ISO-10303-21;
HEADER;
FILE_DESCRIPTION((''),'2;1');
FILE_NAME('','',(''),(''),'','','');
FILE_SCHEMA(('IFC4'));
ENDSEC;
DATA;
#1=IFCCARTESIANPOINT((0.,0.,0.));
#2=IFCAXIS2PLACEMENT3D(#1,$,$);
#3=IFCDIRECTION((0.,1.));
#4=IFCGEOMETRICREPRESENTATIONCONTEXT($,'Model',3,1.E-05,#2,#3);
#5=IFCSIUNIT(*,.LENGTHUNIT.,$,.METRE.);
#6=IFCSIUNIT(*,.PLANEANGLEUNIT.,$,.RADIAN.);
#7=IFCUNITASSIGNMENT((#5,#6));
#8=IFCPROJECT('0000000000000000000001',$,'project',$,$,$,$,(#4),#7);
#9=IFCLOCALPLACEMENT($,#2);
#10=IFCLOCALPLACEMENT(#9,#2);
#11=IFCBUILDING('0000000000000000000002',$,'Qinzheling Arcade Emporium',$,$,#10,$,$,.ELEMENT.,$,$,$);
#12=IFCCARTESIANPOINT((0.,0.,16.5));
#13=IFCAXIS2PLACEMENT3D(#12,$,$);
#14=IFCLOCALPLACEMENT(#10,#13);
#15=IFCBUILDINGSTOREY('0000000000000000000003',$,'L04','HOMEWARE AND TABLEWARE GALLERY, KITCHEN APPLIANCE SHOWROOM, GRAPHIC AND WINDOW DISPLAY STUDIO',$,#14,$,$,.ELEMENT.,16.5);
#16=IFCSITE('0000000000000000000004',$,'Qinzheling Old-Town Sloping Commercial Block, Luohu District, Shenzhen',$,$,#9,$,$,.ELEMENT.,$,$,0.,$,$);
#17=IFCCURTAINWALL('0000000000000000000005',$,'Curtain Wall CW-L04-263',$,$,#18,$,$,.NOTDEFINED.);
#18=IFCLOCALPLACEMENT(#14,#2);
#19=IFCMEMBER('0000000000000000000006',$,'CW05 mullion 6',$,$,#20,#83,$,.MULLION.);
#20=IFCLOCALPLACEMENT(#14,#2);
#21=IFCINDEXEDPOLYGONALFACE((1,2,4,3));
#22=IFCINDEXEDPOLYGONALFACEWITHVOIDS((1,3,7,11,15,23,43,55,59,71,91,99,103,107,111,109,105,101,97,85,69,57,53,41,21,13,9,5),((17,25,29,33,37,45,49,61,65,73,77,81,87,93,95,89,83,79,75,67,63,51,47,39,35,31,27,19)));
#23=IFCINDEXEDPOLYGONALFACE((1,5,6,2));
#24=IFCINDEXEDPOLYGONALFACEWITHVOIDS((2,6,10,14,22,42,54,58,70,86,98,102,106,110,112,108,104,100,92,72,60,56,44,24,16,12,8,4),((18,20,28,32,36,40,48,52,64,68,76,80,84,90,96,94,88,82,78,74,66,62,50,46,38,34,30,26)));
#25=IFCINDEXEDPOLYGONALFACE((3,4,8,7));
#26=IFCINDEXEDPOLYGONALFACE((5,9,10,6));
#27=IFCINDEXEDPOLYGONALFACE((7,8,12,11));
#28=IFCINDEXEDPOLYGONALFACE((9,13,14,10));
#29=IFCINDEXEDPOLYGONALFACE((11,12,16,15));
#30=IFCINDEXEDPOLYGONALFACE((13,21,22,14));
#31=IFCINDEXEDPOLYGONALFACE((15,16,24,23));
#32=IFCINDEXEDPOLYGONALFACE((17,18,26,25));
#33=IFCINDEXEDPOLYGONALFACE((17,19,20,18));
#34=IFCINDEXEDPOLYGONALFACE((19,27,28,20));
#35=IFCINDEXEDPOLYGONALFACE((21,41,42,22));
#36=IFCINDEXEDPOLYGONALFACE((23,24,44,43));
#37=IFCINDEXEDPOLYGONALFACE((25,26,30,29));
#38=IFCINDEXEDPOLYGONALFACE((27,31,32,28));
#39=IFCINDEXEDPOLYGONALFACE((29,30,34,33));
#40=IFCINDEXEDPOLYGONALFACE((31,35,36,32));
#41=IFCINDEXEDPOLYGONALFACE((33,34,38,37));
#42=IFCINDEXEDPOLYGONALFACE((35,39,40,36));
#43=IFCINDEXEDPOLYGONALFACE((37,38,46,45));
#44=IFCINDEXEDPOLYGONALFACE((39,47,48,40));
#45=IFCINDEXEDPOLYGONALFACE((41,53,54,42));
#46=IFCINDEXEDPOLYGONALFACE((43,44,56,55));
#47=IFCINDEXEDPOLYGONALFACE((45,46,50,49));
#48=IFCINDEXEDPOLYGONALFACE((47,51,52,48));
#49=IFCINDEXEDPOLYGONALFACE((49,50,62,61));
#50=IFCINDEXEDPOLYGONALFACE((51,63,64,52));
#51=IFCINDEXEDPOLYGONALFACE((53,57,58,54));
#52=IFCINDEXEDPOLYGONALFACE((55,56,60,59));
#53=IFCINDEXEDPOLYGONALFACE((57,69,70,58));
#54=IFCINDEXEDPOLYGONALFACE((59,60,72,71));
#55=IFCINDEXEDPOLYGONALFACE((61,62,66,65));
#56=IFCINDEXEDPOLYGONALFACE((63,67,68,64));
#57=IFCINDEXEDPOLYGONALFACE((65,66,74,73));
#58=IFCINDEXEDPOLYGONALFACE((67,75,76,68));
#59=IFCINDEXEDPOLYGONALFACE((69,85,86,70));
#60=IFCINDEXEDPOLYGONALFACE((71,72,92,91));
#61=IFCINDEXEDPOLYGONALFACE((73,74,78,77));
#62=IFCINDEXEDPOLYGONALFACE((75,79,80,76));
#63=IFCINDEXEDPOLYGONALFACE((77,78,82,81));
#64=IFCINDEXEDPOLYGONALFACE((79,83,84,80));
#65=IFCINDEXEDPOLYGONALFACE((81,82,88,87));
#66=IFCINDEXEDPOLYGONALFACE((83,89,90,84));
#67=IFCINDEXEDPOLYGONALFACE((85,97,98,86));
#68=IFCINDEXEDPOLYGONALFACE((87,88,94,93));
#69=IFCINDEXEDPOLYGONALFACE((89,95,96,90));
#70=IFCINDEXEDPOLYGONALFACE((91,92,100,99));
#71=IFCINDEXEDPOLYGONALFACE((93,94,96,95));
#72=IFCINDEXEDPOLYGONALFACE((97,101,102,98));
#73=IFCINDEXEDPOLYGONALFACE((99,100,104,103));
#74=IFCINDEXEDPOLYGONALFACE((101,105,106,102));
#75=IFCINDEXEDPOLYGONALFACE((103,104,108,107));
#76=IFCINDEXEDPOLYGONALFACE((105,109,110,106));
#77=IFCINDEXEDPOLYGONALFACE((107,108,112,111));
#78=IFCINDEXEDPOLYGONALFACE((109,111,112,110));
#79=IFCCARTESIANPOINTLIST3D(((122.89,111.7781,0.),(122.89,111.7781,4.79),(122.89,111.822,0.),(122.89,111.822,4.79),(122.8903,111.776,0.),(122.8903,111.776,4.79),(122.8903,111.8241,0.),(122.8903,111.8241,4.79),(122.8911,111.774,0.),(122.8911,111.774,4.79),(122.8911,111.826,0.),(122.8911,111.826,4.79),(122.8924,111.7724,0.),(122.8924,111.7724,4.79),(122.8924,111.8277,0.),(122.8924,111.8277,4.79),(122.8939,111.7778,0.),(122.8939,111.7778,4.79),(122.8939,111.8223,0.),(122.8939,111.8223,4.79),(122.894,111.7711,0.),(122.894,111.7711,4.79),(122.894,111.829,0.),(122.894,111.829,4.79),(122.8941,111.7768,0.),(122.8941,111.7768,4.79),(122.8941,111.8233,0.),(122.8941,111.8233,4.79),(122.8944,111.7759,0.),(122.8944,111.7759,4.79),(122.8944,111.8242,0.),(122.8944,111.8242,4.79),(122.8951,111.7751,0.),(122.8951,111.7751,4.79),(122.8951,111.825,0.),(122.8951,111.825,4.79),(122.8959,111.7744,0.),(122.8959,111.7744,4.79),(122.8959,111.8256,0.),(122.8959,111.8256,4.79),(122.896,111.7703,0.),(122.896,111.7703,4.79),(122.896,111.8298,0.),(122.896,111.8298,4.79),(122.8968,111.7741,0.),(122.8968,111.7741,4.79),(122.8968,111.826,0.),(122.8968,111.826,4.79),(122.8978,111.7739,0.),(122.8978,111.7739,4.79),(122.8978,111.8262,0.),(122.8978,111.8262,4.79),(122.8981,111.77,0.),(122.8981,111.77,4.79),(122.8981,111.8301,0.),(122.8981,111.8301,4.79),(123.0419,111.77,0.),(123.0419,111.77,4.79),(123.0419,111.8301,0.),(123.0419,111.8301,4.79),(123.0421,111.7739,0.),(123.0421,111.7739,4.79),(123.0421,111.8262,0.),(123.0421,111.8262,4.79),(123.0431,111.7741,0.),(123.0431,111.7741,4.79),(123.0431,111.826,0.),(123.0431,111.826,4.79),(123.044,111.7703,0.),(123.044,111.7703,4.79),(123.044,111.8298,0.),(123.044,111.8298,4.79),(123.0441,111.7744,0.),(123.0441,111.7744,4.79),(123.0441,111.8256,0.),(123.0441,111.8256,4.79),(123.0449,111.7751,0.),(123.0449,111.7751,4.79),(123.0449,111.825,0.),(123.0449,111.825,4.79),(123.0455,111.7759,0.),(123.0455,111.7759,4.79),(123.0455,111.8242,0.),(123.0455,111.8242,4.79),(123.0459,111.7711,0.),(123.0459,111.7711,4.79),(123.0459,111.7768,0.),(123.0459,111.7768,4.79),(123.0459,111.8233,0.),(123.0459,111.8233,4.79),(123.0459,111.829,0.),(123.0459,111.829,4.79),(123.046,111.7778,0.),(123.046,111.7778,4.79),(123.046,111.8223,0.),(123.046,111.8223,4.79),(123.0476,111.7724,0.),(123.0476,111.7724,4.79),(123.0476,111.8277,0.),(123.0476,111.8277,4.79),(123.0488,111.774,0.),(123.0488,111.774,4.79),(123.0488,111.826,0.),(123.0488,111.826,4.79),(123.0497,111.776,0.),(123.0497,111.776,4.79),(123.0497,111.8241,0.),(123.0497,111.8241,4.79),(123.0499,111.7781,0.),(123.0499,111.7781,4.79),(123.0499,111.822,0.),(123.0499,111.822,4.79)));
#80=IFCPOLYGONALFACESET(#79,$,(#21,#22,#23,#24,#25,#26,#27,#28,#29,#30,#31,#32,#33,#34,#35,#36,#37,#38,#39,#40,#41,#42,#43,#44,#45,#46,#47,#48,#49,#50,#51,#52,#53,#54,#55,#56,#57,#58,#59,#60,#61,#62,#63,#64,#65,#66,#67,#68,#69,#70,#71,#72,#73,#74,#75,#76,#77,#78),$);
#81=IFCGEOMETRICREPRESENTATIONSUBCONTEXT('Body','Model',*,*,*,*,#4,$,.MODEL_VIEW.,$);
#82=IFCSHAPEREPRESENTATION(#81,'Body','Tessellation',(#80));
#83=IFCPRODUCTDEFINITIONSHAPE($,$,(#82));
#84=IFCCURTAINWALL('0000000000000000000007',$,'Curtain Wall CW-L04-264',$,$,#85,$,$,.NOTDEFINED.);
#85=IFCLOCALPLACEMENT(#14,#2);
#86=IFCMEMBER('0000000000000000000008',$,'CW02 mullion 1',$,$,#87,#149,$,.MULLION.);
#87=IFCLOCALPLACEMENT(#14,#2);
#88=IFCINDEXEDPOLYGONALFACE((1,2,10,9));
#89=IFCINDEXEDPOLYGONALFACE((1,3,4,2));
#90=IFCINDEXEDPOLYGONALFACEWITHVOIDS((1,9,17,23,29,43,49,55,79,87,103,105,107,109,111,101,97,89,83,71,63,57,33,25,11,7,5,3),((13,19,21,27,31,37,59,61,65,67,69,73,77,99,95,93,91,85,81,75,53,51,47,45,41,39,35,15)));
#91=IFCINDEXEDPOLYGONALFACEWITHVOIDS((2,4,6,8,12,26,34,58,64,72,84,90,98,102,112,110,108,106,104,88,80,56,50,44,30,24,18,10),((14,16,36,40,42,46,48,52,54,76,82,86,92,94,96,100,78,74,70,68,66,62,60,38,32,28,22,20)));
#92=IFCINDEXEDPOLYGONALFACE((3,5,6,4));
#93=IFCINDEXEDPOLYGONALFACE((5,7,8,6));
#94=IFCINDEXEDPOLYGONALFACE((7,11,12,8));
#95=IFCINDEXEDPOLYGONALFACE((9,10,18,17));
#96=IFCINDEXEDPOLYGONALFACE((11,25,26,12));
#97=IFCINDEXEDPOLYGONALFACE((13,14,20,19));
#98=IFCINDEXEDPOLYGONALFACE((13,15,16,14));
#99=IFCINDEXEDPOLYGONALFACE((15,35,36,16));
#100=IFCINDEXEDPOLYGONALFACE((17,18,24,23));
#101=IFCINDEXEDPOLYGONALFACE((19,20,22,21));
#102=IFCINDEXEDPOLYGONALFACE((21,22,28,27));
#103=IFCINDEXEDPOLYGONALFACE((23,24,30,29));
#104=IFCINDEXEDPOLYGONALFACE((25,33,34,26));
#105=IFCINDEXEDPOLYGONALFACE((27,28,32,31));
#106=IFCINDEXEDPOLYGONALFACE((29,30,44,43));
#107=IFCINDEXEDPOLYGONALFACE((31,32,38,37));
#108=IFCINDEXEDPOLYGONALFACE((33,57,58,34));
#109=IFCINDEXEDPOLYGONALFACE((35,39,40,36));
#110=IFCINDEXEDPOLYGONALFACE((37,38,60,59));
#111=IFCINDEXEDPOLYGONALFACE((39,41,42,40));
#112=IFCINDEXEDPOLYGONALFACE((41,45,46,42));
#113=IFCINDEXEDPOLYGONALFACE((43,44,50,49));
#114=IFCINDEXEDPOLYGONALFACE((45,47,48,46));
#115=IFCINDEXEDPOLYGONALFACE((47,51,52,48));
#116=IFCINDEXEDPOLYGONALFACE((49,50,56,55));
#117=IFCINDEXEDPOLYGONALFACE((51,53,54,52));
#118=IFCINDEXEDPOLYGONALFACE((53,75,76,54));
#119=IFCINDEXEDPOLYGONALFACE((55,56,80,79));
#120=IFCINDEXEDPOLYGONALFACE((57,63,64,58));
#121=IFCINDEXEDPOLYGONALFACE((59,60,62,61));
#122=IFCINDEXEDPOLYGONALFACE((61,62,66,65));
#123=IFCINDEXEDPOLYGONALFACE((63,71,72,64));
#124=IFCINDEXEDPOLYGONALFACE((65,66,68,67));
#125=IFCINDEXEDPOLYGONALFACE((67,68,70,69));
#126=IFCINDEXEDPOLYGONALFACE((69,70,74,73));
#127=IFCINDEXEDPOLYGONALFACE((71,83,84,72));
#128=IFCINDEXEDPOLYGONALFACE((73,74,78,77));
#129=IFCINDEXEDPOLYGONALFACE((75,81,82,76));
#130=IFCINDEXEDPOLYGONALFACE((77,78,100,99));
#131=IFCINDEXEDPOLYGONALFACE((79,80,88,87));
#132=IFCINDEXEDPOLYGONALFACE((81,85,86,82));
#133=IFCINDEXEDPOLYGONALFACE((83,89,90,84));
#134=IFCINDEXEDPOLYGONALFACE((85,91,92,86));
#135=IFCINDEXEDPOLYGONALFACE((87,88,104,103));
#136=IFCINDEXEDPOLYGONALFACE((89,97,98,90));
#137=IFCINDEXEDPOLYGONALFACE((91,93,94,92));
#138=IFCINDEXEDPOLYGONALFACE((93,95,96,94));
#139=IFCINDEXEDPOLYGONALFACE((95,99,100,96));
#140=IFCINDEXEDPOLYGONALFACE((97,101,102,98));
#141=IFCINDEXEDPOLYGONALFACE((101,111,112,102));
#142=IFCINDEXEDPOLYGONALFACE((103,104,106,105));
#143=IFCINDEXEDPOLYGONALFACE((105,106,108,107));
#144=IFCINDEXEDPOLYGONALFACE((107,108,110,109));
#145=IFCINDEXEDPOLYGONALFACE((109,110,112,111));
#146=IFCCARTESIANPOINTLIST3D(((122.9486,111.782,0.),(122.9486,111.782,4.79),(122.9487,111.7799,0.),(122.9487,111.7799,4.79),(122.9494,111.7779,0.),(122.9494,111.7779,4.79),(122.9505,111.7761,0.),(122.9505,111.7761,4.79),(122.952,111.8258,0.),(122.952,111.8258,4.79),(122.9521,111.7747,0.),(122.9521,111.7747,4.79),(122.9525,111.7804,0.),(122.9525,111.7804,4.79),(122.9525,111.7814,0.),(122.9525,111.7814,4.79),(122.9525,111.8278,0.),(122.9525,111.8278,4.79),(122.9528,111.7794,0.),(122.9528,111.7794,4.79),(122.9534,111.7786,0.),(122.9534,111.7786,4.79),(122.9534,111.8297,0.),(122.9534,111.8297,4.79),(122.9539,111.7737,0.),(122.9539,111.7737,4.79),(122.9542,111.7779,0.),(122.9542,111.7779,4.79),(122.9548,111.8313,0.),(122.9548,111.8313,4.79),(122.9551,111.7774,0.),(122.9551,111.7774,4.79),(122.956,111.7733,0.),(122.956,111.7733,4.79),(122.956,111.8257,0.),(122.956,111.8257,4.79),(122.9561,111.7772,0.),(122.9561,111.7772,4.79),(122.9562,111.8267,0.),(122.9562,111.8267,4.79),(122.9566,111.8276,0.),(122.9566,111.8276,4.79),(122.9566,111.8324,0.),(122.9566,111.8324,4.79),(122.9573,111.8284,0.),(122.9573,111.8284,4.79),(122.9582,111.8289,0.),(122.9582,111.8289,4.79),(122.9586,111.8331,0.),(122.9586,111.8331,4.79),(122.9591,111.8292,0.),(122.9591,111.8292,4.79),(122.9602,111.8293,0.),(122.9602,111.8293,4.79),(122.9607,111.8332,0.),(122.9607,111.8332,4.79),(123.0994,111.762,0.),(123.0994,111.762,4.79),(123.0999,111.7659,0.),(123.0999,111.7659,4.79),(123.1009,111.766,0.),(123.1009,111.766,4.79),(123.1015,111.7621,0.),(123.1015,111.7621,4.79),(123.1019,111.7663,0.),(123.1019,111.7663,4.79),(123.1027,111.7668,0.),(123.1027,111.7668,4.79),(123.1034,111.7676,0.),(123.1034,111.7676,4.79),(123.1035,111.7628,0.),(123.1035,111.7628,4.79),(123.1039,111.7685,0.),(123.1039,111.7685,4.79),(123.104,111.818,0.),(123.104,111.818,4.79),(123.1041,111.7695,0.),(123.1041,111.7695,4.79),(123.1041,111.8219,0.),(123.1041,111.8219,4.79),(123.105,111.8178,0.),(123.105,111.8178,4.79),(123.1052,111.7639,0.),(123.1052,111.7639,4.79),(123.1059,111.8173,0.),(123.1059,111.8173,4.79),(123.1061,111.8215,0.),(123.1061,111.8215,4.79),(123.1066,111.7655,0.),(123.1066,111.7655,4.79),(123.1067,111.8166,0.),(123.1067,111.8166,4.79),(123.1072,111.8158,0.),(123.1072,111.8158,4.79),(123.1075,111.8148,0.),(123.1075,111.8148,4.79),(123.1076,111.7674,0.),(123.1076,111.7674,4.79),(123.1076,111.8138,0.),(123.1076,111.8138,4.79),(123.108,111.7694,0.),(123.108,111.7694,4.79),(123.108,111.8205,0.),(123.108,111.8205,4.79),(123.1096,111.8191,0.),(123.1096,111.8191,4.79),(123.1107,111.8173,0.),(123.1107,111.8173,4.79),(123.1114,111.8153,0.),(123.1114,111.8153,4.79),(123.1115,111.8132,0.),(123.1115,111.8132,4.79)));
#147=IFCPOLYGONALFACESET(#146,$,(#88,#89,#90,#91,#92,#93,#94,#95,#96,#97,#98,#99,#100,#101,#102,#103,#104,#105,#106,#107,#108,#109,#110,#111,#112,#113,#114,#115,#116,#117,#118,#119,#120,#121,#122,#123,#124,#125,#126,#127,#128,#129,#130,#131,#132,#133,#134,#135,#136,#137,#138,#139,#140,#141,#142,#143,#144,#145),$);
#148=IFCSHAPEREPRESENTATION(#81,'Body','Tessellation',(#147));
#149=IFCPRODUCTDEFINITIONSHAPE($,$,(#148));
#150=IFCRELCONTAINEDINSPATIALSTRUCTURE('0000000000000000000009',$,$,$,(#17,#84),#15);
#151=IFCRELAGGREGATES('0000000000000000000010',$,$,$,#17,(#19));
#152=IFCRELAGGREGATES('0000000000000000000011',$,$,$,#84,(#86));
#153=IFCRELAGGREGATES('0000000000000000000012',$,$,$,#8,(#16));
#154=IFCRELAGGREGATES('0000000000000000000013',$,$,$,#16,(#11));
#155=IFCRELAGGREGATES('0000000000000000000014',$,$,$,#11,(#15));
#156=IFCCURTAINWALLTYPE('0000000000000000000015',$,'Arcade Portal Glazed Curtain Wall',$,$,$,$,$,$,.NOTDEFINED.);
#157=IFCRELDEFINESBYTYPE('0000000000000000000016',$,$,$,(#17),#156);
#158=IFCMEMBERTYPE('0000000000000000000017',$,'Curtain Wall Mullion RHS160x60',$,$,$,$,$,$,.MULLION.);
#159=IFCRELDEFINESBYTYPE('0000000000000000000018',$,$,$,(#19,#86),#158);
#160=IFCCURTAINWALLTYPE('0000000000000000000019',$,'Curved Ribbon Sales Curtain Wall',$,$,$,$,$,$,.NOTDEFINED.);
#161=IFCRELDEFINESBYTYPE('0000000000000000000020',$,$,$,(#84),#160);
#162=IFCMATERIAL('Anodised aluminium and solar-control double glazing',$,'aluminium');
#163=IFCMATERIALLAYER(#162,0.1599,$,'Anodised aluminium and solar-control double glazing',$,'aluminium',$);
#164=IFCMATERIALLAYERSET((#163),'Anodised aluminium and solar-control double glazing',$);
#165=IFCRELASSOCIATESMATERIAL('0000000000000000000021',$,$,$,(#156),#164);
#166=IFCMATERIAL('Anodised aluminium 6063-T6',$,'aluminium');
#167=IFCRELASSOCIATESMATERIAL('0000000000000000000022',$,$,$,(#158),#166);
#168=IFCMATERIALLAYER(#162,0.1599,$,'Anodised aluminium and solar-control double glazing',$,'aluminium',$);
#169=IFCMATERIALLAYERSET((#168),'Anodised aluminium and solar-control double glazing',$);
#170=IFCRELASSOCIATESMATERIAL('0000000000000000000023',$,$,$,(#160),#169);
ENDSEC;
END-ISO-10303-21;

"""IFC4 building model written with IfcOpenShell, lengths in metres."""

from ifc_helpers import new_model, si_unit, direction, frame, origin, origin_2d, place, context, subcontext, project, spatial, hollow_rectangle, extrude, material, layer, layer_set, material_profile, profile_set, type_object, element, aggregate, save


model = new_model("IFC4")

# Units and contexts
model_context = context("Model", 3, precision=1e-05, world=origin(), true_north=direction((0.0, 1.0)))
body_context = subcontext(model_context, "Body", "Model", "MODEL_VIEW")
ifc_project = project(units=[si_unit("LENGTHUNIT", "METRE"), si_unit("PLANEANGLEUNIT", "RADIAN")], contexts=[model_context])

# Site, building, storey
site_placement = place(None, origin())
site = spatial("IfcSite", under=ifc_project, at=site_placement, Name="Qinzheling Old-Town Sloping Commercial Block, Luohu District, Shenzhen", CompositionType="ELEMENT", RefElevation=0.0)
building_placement = place(site_placement, origin())
building = spatial("IfcBuilding", under=site, at=building_placement, Name="Qinzheling Arcade Emporium", CompositionType="ELEMENT")
storey_placement = place(building_placement, frame((0.0, 0.0, 16.5)))
storey = spatial("IfcBuildingStorey", under=building, at=storey_placement, Name="L04", Description="HOMEWARE AND TABLEWARE GALLERY, KITCHEN APPLIANCE SHOWROOM, GRAPHIC AND WINDOW DISPLAY STUDIO", CompositionType="ELEMENT", Elevation=16.5)

# Curtain wall, member
ifc_material_1 = material(Name="Anodised aluminium and solar-control double glazing", Category="aluminium")
ifc_layer_1 = layer(ifc_material_1, 0.1599, Name="Anodised aluminium and solar-control double glazing", Category="aluminium")
ifc_layer_set_1 = layer_set([ifc_layer_1], Name="Anodised aluminium and solar-control double glazing")
curtain_wall_type_1 = type_object("IfcCurtainWallType", Name="Arcade Portal Glazed Curtain Wall", PredefinedType="NOTDEFINED", material=ifc_layer_set_1)
curtain_wall_1_placement = place(storey_placement, origin())
curtain_wall_1 = element("IfcCurtainWall", 1, at=curtain_wall_1_placement, inside=storey, type_object=curtain_wall_type_1, Name="Curtain Wall CW-L04-263", PredefinedType="NOTDEFINED")
ifc_material_2 = material(Name="Anodised aluminium 6063-T6", Category="aluminium")
ifc_material_profile_1 = material_profile(ifc_material_2, hollow_rectangle(XDim=0.0601, YDim=0.1599, WallThickness=0.0039, InnerFilletRadius=0.0039, OuterFilletRadius=0.0081, at=origin_2d()), Name="RHS 160x60x4", Category="aluminium")
ifc_profile_set_1 = profile_set([ifc_material_profile_1], Name="Anodised aluminium 6063-T6")
member_type_1 = type_object("IfcMemberType", Name="Curtain Wall Mullion RHS160x60", PredefinedType="MULLION", material=ifc_profile_set_1)
member_1_placement = place(storey_placement, frame((122.97, 111.8, 0.0), z_axis=(0.0, 0.0, 1.0), x_axis=(0.0, 1.0, 0.0)))
member_1 = element("IfcMember", 2, at=member_1_placement, type_object=member_type_1, Name="CW05 mullion 6", PredefinedType="MULLION", context=body_context, shape_type="SweptSolid", body=[
    extrude(hollow_rectangle(XDim=0.0601, YDim=0.1599, WallThickness=0.0039, InnerFilletRadius=0.0039, OuterFilletRadius=0.0081, at=origin_2d()), origin(), (0.0, 0.0, 1.0), 4.79),
])
aggregate(curtain_wall_1, [member_1])

# Curtain wall, member
ifc_layer_2 = layer(ifc_material_1, 0.1599, Name="Anodised aluminium and solar-control double glazing", Category="aluminium")
ifc_layer_set_2 = layer_set([ifc_layer_2], Name="Anodised aluminium and solar-control double glazing")
curtain_wall_type_2 = type_object("IfcCurtainWallType", Name="Curved Ribbon Sales Curtain Wall", PredefinedType="NOTDEFINED", material=ifc_layer_set_2)
curtain_wall_2_placement = place(storey_placement, origin())
curtain_wall_2 = element("IfcCurtainWall", 3, at=curtain_wall_2_placement, inside=storey, type_object=curtain_wall_type_2, Name="Curtain Wall CW-L04-264", PredefinedType="NOTDEFINED")
member_2_placement = place(storey_placement, frame((123.03, 111.7976, 0.0), z_axis=(0.0, 0.0, 1.0), x_axis=(0.078337, 0.996927, 0.0)))
member_2 = element("IfcMember", 4, at=member_2_placement, type_object=member_type_1, Name="CW02 mullion 1", PredefinedType="MULLION", context=body_context, shape_type="SweptSolid", body=[
    extrude(hollow_rectangle(XDim=0.0601, YDim=0.1599, WallThickness=0.0039, InnerFilletRadius=0.0039, OuterFilletRadius=0.0081, at=origin_2d()), origin(), (0.0, 0.0, 1.0), 4.79),
])

aggregate(curtain_wall_2, [member_2])

save(model, "model.ifc")
